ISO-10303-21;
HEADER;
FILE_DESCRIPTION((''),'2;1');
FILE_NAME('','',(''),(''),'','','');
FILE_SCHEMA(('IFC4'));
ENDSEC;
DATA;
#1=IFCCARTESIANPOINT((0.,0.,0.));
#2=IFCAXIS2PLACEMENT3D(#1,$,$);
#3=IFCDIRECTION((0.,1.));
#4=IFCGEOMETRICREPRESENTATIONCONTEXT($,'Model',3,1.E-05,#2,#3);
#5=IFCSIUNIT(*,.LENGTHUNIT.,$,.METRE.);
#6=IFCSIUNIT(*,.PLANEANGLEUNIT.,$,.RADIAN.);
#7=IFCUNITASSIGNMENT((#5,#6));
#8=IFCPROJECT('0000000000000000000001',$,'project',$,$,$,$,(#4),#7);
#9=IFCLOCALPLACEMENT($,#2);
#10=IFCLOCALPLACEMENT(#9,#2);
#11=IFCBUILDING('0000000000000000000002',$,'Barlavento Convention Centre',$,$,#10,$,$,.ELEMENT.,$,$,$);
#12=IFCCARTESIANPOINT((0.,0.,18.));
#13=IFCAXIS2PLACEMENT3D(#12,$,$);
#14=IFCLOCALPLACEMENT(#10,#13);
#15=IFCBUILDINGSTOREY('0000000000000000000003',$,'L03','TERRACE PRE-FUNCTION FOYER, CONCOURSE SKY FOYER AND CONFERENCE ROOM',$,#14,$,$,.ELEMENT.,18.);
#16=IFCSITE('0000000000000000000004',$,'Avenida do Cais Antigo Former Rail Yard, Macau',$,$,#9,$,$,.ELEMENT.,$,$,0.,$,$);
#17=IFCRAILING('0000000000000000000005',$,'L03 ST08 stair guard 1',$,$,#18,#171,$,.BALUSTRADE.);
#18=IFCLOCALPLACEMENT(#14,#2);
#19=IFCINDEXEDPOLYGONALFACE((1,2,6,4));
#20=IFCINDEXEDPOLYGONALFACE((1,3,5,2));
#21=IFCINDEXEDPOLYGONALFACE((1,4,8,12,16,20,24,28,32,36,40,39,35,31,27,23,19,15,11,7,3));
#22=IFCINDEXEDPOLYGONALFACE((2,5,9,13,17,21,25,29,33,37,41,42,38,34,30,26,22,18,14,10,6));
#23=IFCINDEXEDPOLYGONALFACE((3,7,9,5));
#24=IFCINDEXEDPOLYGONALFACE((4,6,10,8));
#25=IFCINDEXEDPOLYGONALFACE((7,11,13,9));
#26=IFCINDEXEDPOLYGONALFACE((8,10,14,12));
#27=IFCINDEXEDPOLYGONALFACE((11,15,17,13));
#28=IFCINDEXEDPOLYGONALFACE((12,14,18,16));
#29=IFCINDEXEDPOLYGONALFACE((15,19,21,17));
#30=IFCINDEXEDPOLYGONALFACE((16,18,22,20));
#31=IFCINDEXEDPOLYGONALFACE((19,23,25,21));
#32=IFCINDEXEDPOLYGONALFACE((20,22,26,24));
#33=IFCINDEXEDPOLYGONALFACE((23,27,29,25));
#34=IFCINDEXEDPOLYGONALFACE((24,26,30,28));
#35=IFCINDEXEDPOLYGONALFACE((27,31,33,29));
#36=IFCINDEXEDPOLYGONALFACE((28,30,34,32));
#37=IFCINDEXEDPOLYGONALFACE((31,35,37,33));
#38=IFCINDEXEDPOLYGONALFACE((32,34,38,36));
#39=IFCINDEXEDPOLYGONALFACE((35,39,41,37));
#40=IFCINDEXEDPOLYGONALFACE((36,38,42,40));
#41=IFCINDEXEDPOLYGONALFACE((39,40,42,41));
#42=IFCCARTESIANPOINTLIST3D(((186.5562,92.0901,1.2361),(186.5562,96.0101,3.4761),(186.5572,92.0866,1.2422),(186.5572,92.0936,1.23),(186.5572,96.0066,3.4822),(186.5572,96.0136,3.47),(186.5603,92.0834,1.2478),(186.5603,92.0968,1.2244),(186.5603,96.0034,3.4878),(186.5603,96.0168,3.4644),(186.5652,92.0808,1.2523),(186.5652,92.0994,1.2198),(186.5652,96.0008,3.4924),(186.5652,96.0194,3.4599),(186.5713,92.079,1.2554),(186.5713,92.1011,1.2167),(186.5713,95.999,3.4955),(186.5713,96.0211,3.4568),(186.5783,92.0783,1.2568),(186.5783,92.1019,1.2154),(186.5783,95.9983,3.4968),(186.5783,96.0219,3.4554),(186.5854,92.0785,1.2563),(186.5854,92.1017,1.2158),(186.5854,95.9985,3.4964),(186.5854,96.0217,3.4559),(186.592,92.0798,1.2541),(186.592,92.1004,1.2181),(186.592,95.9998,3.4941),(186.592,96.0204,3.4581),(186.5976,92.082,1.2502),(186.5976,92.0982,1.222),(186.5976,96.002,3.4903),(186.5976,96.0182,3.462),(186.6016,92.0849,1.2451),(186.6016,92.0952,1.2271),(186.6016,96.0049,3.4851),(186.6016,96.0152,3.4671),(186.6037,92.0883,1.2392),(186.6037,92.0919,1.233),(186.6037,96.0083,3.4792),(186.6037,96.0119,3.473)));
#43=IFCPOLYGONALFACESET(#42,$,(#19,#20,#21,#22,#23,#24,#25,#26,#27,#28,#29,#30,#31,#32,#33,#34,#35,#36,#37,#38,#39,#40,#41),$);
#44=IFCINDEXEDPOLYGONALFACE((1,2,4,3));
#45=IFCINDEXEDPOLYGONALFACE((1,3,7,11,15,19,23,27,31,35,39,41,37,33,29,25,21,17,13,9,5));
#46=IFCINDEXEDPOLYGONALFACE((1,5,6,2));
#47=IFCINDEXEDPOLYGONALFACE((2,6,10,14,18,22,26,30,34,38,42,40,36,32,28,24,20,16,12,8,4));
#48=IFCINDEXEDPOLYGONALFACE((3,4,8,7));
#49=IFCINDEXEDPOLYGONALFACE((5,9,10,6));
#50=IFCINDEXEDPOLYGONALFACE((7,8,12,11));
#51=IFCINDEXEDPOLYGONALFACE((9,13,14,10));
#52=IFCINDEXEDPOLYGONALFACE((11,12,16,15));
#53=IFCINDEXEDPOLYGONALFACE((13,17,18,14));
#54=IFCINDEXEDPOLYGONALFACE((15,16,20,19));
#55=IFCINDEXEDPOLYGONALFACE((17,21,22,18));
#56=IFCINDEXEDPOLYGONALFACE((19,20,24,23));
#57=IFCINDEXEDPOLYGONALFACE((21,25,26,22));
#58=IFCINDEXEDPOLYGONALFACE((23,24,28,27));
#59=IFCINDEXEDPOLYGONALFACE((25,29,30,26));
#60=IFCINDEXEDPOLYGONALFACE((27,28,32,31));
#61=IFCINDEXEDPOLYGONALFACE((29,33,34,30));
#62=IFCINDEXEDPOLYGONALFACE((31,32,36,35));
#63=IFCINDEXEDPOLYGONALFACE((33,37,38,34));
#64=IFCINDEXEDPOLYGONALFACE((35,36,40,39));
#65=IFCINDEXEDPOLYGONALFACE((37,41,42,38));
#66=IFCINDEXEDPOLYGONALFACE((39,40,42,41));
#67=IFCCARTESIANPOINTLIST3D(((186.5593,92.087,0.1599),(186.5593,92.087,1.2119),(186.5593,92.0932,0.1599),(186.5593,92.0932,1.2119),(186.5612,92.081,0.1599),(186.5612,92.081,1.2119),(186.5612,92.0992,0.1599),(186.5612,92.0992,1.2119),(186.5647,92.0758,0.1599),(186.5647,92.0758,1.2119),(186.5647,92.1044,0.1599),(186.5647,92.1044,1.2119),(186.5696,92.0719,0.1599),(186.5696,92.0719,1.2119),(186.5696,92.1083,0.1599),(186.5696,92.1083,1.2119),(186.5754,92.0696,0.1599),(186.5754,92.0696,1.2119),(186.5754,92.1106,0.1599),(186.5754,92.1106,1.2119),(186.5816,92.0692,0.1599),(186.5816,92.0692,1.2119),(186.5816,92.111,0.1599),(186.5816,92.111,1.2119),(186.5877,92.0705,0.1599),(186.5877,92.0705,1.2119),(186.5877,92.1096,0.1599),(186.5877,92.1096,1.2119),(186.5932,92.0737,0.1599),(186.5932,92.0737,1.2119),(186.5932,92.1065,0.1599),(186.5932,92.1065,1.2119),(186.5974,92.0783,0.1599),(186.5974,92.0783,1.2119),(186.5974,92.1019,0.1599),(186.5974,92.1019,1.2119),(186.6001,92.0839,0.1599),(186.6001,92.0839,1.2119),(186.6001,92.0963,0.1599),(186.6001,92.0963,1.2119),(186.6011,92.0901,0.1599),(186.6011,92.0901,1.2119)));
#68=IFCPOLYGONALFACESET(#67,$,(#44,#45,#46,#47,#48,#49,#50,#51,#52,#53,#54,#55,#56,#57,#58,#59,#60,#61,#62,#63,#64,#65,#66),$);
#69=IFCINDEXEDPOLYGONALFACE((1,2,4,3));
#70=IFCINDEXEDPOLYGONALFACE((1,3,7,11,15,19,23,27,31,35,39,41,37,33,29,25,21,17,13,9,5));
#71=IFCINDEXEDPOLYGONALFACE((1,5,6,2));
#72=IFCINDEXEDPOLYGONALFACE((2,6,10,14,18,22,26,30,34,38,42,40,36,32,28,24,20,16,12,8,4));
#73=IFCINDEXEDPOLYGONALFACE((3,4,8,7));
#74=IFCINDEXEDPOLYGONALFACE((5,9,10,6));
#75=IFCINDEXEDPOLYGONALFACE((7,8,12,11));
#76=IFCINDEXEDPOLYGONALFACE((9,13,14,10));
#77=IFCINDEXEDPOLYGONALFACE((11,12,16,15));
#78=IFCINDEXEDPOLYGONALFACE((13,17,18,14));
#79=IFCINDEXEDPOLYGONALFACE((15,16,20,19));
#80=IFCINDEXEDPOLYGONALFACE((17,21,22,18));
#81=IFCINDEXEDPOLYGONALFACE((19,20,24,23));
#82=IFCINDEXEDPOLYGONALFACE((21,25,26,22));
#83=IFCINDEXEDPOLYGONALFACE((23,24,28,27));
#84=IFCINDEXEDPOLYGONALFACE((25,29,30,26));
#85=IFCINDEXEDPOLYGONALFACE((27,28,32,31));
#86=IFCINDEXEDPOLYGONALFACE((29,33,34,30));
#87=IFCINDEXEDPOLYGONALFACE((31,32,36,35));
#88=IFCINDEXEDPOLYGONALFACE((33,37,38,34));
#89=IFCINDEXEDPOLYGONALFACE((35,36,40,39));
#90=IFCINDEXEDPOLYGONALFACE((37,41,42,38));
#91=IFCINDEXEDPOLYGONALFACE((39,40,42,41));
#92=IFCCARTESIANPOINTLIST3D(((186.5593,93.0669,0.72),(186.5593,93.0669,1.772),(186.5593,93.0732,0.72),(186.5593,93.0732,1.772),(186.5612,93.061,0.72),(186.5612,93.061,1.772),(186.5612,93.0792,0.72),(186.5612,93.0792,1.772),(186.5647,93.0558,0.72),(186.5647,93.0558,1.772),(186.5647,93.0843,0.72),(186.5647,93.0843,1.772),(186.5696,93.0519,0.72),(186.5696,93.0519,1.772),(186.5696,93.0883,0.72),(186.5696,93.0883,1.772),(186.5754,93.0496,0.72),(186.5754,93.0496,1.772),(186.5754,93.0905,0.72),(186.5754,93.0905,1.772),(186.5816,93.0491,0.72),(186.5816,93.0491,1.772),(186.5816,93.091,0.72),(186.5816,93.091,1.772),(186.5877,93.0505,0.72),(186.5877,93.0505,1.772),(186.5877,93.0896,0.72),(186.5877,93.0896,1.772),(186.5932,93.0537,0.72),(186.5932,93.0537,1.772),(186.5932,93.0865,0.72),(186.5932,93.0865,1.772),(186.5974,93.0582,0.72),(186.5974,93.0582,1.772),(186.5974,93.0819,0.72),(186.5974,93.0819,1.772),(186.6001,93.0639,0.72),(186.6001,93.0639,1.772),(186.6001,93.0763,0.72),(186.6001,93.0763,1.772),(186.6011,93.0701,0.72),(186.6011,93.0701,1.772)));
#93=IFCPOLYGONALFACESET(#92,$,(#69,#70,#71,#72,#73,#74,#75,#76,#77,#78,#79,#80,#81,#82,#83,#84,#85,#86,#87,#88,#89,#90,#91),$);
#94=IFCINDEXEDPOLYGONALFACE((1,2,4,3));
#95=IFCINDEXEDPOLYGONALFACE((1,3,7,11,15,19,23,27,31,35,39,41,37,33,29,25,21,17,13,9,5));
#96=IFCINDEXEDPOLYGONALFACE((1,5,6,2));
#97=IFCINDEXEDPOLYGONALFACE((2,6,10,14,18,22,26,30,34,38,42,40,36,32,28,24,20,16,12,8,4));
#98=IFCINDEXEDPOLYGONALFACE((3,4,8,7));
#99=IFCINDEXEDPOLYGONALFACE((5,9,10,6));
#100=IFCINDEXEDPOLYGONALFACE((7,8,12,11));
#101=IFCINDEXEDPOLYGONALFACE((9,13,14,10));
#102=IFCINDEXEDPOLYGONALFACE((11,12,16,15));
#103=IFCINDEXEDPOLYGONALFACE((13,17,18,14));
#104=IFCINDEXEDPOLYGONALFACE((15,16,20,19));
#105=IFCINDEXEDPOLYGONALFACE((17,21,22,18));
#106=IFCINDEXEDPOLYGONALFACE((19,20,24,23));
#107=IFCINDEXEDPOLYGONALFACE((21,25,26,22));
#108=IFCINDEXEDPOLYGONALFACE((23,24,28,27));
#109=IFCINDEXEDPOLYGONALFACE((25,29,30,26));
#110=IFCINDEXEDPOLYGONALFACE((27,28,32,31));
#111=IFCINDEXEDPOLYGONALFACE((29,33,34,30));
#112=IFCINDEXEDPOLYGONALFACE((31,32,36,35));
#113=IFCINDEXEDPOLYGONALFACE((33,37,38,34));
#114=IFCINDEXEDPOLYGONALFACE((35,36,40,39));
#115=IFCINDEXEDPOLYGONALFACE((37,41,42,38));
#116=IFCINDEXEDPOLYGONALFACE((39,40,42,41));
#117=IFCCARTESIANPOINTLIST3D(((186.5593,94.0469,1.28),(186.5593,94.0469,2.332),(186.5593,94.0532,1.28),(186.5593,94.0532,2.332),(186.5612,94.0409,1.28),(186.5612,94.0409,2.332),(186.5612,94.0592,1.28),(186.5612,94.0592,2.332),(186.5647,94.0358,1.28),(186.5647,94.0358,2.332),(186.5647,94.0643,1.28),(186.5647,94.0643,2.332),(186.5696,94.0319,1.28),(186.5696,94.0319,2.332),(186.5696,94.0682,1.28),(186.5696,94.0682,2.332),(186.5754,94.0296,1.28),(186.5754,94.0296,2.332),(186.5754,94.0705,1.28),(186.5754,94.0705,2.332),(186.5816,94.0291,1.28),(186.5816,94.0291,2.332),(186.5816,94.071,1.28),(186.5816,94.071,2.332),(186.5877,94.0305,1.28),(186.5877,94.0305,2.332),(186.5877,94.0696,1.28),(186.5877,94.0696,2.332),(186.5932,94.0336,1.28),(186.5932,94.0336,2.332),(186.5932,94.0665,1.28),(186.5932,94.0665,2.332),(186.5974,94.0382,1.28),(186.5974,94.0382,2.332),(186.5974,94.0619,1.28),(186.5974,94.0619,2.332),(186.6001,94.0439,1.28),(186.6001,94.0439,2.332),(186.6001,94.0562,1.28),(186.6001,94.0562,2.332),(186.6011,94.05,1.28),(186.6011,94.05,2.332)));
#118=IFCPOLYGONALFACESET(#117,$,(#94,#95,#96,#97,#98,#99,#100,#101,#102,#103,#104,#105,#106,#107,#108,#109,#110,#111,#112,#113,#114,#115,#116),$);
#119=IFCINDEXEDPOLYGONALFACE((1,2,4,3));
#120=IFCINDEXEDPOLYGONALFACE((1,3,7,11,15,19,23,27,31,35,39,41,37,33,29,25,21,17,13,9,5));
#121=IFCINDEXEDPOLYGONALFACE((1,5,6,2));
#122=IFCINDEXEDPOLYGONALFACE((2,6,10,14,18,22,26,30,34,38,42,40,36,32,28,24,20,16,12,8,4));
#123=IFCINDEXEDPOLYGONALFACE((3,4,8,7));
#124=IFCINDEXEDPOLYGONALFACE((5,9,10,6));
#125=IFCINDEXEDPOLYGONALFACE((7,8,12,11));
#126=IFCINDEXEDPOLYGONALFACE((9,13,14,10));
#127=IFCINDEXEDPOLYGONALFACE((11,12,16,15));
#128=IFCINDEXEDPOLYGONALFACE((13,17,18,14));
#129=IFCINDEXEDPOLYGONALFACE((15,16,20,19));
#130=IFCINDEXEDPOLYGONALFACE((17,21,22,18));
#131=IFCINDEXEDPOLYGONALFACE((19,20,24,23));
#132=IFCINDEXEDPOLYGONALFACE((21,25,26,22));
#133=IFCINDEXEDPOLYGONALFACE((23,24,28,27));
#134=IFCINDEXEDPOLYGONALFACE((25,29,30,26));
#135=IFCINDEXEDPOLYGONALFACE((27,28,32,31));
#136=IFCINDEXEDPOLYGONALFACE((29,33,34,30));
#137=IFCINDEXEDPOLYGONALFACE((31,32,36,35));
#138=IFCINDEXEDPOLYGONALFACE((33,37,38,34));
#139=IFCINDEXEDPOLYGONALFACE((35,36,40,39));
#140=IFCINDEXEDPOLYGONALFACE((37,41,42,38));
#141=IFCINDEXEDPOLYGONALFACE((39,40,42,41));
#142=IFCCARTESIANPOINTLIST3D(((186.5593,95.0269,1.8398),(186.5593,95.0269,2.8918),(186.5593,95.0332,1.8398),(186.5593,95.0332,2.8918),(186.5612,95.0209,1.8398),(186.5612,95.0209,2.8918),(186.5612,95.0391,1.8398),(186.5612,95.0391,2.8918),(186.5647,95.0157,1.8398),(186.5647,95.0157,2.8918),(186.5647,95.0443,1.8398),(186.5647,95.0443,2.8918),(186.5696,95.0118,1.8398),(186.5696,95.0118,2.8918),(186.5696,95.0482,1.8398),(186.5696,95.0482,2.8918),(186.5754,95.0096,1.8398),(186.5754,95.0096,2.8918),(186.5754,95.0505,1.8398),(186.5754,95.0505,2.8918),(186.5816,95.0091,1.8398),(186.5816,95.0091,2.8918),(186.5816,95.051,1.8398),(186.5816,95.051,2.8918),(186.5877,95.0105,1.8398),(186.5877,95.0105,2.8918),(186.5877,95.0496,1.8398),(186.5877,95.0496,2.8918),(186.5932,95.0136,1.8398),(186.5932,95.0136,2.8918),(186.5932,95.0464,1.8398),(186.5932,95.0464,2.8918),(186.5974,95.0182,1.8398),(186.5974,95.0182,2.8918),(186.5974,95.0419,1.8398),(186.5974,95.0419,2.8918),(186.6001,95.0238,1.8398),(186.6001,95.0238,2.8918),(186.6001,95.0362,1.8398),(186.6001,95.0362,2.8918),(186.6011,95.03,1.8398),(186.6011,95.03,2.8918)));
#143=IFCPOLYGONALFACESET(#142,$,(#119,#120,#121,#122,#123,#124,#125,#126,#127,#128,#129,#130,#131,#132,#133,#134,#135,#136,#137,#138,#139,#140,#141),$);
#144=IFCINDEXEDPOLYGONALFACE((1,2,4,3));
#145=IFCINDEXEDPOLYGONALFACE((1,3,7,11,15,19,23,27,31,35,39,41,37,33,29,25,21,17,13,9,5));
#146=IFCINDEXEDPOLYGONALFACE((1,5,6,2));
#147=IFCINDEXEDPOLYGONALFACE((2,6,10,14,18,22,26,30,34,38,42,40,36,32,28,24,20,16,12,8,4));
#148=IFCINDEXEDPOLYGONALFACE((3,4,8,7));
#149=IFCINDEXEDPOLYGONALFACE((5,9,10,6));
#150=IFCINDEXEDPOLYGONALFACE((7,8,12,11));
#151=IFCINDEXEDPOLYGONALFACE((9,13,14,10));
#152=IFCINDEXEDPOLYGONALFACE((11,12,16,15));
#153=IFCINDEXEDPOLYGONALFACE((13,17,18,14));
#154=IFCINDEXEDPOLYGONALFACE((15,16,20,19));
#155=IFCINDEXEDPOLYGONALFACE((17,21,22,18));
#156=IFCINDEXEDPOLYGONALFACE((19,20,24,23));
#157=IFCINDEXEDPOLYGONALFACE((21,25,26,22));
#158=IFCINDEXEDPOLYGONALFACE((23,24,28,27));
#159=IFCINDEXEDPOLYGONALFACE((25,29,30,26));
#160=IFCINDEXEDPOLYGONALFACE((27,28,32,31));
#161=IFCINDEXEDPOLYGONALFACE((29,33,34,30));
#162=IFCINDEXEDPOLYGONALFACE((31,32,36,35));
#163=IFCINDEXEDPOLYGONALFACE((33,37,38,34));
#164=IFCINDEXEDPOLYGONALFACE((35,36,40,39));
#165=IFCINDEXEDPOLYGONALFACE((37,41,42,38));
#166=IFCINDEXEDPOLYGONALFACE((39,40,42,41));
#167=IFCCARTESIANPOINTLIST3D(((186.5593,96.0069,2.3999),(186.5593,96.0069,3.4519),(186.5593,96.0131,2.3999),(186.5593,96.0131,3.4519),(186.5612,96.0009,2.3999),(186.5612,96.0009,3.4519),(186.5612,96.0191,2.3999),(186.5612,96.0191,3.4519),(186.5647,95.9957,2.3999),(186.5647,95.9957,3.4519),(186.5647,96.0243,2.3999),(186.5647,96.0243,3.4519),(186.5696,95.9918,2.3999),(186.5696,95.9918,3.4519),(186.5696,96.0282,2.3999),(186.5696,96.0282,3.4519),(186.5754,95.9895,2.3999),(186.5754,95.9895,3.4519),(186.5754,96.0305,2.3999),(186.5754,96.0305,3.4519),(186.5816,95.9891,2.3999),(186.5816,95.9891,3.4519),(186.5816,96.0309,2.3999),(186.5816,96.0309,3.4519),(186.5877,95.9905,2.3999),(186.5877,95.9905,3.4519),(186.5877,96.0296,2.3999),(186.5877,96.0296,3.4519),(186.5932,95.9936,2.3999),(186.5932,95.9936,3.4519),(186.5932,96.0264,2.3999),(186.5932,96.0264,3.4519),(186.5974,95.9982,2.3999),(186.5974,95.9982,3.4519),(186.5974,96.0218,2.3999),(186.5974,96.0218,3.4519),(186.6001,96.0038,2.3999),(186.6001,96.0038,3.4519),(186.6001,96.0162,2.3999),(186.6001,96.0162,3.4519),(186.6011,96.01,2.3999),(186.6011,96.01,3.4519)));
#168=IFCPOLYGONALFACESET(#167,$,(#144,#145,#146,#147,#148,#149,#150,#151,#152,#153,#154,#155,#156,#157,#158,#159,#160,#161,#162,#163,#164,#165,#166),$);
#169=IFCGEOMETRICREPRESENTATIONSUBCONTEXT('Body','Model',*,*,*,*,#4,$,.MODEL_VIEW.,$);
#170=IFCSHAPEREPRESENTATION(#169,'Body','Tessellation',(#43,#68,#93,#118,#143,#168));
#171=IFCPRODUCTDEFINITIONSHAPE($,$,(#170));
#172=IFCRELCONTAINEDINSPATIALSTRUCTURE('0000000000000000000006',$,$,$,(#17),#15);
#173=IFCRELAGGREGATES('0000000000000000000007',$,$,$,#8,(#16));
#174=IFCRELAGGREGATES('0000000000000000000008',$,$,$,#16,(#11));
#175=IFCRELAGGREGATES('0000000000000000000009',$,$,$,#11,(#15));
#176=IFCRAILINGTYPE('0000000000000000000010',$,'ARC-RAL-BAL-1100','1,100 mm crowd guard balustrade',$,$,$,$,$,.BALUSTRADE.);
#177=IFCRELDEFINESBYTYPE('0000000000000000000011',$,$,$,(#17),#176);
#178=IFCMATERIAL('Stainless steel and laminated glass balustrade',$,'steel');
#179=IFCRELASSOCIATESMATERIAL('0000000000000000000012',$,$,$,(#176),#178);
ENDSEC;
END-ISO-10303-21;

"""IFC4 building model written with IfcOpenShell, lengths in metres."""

from ifc_helpers import new_model, si_unit, direction, frame, origin, origin_2d, place, context, subcontext, project, spatial, circle, extrude, material, type_object, element, save


model = new_model("IFC4")

# Units and contexts
model_context = context("Model", 3, precision=1e-05, world=origin(), true_north=direction((0.0, 1.0)))
body_context = subcontext(model_context, "Body", "Model", "MODEL_VIEW")
ifc_project = project(units=[si_unit("LENGTHUNIT", "METRE"), si_unit("PLANEANGLEUNIT", "RADIAN")], contexts=[model_context])

# Site, building, storey
site_placement = place(None, origin())
site = spatial("IfcSite", under=ifc_project, at=site_placement, Name="Avenida do Cais Antigo Former Rail Yard, Macau", CompositionType="ELEMENT", RefElevation=0.0)
building_placement = place(site_placement, origin())
building = spatial("IfcBuilding", under=site, at=building_placement, Name="Barlavento Convention Centre", CompositionType="ELEMENT")
storey_placement = place(building_placement, frame((0.0, 0.0, 18.0)))
storey = spatial("IfcBuildingStorey", under=building, at=storey_placement, Name="L03", Description="TERRACE PRE-FUNCTION FOYER, CONCOURSE SKY FOYER AND CONFERENCE ROOM", CompositionType="ELEMENT", Elevation=18.0)

# Railing
ifc_material_1 = material(Name="Stainless steel and laminated glass balustrade", Category="steel")
railing_type_1 = type_object("IfcRailingType", Name="ARC-RAL-BAL-1100", Description="1,100 mm crowd guard balustrade", PredefinedType="BALUSTRADE", material=ifc_material_1)
railing_1_placement = place(storey_placement, frame((186.5801, 92.0901, 0.1599)))
element("IfcRailing", 1, at=railing_1_placement, inside=storey, type_object=railing_type_1, Name="L03 ST08 stair guard 1", PredefinedType="BALUSTRADE", context=body_context, shape_type="SweptSolid", body=[
    extrude(circle(Radius=0.0239, at=origin_2d()), frame((0.0, 0.0, 1.0762), z_axis=(0.0, 0.86824, 0.496145), x_axis=(-1.0, 0.0, 0.0)), (0.0, 0.0, 1.0), 4.5149),
    extrude(circle(Radius=0.021, at=origin_2d()), origin(), (0.0, 0.0, 1.0), 1.052),
    extrude(circle(Radius=0.021, at=origin_2d()), frame((0.0, 0.98, 0.5601)), (0.0, 0.0, 1.0), 1.052),
    extrude(circle(Radius=0.021, at=origin_2d()), frame((0.0, 1.96, 1.1201)), (0.0, 0.0, 1.0), 1.052),
    extrude(circle(Radius=0.021, at=origin_2d()), frame((0.0, 2.9399, 1.6799)), (0.0, 0.0, 1.0), 1.052),
    extrude(circle(Radius=0.021, at=origin_2d()), frame((0.0, 3.9199, 2.24)), (0.0, 0.0, 1.0), 1.052),
])

save(model, "model.ifc")
